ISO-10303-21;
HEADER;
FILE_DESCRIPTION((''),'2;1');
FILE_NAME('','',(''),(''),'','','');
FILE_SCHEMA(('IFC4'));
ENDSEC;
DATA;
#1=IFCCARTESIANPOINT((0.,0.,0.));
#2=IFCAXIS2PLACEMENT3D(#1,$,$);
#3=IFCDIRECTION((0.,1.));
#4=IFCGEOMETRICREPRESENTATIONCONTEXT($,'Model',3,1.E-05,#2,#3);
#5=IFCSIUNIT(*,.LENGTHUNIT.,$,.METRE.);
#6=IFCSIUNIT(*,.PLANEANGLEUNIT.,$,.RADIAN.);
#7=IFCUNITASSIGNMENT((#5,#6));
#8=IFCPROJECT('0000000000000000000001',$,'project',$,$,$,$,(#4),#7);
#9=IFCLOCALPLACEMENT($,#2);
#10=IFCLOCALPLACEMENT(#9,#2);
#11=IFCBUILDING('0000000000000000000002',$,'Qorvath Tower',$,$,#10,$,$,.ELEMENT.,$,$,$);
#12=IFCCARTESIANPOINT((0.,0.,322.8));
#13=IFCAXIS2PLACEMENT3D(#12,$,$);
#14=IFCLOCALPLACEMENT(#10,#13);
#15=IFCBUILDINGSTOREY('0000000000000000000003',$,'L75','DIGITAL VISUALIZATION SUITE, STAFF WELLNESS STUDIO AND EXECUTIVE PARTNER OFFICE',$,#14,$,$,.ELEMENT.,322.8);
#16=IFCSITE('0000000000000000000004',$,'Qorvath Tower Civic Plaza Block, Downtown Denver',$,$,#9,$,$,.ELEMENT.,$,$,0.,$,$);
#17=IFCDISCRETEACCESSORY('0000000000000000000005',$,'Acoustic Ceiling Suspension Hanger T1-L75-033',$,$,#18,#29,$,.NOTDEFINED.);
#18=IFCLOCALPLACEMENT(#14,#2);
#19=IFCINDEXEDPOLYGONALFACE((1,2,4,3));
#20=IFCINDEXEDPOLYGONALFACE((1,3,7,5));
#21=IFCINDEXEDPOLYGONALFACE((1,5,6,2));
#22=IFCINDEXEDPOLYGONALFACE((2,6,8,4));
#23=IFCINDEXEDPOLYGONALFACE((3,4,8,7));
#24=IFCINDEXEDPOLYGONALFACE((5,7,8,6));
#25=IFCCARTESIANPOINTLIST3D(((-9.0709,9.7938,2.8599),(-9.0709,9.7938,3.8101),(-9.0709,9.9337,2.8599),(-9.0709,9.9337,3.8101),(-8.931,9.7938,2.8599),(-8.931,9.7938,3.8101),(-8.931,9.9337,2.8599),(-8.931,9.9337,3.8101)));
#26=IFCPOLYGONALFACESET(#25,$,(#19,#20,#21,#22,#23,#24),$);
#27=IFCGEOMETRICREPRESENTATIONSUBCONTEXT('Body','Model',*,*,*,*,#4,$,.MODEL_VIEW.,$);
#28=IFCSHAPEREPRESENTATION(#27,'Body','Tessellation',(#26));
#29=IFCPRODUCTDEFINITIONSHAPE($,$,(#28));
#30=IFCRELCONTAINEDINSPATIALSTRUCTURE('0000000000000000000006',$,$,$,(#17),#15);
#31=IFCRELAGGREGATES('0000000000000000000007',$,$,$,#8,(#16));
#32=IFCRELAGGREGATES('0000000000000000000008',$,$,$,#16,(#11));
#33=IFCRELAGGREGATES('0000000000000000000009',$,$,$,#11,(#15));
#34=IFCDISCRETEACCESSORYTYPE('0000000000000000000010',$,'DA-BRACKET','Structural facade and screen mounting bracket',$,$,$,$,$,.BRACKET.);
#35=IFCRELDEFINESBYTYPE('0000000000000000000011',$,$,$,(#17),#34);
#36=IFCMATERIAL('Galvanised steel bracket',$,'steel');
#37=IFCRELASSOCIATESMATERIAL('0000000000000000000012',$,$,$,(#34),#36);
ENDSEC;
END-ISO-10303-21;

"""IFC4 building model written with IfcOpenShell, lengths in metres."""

from ifc_helpers import new_model, si_unit, direction, frame, origin, origin_2d, place, context, subcontext, project, spatial, rectangle, extrude, material, type_object, element, save


model = new_model("IFC4")

# Units and contexts
model_context = context("Model", 3, precision=1e-05, world=origin(), true_north=direction((0.0, 1.0)))
body_context = subcontext(model_context, "Body", "Model", "MODEL_VIEW")
ifc_project = project(units=[si_unit("LENGTHUNIT", "METRE"), si_unit("PLANEANGLEUNIT", "RADIAN")], contexts=[model_context])

# Site, building, storey
site_placement = place(None, origin())
site = spatial("IfcSite", under=ifc_project, at=site_placement, Name="Qorvath Tower Civic Plaza Block, Downtown Denver", CompositionType="ELEMENT", RefElevation=0.0)
building_placement = place(site_placement, origin())
building = spatial("IfcBuilding", under=site, at=building_placement, Name="Qorvath Tower", CompositionType="ELEMENT")
storey_placement = place(building_placement, frame((0.0, 0.0, 322.8)))
storey = spatial("IfcBuildingStorey", under=building, at=storey_placement, Name="L75", Description="DIGITAL VISUALIZATION SUITE, STAFF WELLNESS STUDIO AND EXECUTIVE PARTNER OFFICE", CompositionType="ELEMENT", Elevation=322.8)

# Discrete accessory
ifc_material_1 = material(Name="Galvanised steel bracket", Category="steel")
discrete_accessory_type = type_object("IfcDiscreteAccessoryType", Name="DA-BRACKET", Description="Structural facade and screen mounting bracket", PredefinedType="BRACKET", material=ifc_material_1)
for number, where, z_axis, x_axis, name in (
    (1, (-9.001, 9.8638, 2.8599), (0.0, 0.0, 1.0), (1.0, 0.0, 0.0), "Acoustic Ceiling Suspension Hanger T1-L75-033"),
):
    element("IfcDiscreteAccessory", number, at=place(storey_placement, frame(where, z_axis=z_axis, x_axis=x_axis)), inside=storey, type_object=discrete_accessory_type, Name=name, PredefinedType="NOTDEFINED", context=body_context, shape_type="SweptSolid", body=[
        extrude(rectangle(XDim=0.1399, YDim=0.1399, at=origin_2d()), origin(), (0.0, 0.0, 1.0), 0.9502),
    ])

save(model, "model.ifc")
